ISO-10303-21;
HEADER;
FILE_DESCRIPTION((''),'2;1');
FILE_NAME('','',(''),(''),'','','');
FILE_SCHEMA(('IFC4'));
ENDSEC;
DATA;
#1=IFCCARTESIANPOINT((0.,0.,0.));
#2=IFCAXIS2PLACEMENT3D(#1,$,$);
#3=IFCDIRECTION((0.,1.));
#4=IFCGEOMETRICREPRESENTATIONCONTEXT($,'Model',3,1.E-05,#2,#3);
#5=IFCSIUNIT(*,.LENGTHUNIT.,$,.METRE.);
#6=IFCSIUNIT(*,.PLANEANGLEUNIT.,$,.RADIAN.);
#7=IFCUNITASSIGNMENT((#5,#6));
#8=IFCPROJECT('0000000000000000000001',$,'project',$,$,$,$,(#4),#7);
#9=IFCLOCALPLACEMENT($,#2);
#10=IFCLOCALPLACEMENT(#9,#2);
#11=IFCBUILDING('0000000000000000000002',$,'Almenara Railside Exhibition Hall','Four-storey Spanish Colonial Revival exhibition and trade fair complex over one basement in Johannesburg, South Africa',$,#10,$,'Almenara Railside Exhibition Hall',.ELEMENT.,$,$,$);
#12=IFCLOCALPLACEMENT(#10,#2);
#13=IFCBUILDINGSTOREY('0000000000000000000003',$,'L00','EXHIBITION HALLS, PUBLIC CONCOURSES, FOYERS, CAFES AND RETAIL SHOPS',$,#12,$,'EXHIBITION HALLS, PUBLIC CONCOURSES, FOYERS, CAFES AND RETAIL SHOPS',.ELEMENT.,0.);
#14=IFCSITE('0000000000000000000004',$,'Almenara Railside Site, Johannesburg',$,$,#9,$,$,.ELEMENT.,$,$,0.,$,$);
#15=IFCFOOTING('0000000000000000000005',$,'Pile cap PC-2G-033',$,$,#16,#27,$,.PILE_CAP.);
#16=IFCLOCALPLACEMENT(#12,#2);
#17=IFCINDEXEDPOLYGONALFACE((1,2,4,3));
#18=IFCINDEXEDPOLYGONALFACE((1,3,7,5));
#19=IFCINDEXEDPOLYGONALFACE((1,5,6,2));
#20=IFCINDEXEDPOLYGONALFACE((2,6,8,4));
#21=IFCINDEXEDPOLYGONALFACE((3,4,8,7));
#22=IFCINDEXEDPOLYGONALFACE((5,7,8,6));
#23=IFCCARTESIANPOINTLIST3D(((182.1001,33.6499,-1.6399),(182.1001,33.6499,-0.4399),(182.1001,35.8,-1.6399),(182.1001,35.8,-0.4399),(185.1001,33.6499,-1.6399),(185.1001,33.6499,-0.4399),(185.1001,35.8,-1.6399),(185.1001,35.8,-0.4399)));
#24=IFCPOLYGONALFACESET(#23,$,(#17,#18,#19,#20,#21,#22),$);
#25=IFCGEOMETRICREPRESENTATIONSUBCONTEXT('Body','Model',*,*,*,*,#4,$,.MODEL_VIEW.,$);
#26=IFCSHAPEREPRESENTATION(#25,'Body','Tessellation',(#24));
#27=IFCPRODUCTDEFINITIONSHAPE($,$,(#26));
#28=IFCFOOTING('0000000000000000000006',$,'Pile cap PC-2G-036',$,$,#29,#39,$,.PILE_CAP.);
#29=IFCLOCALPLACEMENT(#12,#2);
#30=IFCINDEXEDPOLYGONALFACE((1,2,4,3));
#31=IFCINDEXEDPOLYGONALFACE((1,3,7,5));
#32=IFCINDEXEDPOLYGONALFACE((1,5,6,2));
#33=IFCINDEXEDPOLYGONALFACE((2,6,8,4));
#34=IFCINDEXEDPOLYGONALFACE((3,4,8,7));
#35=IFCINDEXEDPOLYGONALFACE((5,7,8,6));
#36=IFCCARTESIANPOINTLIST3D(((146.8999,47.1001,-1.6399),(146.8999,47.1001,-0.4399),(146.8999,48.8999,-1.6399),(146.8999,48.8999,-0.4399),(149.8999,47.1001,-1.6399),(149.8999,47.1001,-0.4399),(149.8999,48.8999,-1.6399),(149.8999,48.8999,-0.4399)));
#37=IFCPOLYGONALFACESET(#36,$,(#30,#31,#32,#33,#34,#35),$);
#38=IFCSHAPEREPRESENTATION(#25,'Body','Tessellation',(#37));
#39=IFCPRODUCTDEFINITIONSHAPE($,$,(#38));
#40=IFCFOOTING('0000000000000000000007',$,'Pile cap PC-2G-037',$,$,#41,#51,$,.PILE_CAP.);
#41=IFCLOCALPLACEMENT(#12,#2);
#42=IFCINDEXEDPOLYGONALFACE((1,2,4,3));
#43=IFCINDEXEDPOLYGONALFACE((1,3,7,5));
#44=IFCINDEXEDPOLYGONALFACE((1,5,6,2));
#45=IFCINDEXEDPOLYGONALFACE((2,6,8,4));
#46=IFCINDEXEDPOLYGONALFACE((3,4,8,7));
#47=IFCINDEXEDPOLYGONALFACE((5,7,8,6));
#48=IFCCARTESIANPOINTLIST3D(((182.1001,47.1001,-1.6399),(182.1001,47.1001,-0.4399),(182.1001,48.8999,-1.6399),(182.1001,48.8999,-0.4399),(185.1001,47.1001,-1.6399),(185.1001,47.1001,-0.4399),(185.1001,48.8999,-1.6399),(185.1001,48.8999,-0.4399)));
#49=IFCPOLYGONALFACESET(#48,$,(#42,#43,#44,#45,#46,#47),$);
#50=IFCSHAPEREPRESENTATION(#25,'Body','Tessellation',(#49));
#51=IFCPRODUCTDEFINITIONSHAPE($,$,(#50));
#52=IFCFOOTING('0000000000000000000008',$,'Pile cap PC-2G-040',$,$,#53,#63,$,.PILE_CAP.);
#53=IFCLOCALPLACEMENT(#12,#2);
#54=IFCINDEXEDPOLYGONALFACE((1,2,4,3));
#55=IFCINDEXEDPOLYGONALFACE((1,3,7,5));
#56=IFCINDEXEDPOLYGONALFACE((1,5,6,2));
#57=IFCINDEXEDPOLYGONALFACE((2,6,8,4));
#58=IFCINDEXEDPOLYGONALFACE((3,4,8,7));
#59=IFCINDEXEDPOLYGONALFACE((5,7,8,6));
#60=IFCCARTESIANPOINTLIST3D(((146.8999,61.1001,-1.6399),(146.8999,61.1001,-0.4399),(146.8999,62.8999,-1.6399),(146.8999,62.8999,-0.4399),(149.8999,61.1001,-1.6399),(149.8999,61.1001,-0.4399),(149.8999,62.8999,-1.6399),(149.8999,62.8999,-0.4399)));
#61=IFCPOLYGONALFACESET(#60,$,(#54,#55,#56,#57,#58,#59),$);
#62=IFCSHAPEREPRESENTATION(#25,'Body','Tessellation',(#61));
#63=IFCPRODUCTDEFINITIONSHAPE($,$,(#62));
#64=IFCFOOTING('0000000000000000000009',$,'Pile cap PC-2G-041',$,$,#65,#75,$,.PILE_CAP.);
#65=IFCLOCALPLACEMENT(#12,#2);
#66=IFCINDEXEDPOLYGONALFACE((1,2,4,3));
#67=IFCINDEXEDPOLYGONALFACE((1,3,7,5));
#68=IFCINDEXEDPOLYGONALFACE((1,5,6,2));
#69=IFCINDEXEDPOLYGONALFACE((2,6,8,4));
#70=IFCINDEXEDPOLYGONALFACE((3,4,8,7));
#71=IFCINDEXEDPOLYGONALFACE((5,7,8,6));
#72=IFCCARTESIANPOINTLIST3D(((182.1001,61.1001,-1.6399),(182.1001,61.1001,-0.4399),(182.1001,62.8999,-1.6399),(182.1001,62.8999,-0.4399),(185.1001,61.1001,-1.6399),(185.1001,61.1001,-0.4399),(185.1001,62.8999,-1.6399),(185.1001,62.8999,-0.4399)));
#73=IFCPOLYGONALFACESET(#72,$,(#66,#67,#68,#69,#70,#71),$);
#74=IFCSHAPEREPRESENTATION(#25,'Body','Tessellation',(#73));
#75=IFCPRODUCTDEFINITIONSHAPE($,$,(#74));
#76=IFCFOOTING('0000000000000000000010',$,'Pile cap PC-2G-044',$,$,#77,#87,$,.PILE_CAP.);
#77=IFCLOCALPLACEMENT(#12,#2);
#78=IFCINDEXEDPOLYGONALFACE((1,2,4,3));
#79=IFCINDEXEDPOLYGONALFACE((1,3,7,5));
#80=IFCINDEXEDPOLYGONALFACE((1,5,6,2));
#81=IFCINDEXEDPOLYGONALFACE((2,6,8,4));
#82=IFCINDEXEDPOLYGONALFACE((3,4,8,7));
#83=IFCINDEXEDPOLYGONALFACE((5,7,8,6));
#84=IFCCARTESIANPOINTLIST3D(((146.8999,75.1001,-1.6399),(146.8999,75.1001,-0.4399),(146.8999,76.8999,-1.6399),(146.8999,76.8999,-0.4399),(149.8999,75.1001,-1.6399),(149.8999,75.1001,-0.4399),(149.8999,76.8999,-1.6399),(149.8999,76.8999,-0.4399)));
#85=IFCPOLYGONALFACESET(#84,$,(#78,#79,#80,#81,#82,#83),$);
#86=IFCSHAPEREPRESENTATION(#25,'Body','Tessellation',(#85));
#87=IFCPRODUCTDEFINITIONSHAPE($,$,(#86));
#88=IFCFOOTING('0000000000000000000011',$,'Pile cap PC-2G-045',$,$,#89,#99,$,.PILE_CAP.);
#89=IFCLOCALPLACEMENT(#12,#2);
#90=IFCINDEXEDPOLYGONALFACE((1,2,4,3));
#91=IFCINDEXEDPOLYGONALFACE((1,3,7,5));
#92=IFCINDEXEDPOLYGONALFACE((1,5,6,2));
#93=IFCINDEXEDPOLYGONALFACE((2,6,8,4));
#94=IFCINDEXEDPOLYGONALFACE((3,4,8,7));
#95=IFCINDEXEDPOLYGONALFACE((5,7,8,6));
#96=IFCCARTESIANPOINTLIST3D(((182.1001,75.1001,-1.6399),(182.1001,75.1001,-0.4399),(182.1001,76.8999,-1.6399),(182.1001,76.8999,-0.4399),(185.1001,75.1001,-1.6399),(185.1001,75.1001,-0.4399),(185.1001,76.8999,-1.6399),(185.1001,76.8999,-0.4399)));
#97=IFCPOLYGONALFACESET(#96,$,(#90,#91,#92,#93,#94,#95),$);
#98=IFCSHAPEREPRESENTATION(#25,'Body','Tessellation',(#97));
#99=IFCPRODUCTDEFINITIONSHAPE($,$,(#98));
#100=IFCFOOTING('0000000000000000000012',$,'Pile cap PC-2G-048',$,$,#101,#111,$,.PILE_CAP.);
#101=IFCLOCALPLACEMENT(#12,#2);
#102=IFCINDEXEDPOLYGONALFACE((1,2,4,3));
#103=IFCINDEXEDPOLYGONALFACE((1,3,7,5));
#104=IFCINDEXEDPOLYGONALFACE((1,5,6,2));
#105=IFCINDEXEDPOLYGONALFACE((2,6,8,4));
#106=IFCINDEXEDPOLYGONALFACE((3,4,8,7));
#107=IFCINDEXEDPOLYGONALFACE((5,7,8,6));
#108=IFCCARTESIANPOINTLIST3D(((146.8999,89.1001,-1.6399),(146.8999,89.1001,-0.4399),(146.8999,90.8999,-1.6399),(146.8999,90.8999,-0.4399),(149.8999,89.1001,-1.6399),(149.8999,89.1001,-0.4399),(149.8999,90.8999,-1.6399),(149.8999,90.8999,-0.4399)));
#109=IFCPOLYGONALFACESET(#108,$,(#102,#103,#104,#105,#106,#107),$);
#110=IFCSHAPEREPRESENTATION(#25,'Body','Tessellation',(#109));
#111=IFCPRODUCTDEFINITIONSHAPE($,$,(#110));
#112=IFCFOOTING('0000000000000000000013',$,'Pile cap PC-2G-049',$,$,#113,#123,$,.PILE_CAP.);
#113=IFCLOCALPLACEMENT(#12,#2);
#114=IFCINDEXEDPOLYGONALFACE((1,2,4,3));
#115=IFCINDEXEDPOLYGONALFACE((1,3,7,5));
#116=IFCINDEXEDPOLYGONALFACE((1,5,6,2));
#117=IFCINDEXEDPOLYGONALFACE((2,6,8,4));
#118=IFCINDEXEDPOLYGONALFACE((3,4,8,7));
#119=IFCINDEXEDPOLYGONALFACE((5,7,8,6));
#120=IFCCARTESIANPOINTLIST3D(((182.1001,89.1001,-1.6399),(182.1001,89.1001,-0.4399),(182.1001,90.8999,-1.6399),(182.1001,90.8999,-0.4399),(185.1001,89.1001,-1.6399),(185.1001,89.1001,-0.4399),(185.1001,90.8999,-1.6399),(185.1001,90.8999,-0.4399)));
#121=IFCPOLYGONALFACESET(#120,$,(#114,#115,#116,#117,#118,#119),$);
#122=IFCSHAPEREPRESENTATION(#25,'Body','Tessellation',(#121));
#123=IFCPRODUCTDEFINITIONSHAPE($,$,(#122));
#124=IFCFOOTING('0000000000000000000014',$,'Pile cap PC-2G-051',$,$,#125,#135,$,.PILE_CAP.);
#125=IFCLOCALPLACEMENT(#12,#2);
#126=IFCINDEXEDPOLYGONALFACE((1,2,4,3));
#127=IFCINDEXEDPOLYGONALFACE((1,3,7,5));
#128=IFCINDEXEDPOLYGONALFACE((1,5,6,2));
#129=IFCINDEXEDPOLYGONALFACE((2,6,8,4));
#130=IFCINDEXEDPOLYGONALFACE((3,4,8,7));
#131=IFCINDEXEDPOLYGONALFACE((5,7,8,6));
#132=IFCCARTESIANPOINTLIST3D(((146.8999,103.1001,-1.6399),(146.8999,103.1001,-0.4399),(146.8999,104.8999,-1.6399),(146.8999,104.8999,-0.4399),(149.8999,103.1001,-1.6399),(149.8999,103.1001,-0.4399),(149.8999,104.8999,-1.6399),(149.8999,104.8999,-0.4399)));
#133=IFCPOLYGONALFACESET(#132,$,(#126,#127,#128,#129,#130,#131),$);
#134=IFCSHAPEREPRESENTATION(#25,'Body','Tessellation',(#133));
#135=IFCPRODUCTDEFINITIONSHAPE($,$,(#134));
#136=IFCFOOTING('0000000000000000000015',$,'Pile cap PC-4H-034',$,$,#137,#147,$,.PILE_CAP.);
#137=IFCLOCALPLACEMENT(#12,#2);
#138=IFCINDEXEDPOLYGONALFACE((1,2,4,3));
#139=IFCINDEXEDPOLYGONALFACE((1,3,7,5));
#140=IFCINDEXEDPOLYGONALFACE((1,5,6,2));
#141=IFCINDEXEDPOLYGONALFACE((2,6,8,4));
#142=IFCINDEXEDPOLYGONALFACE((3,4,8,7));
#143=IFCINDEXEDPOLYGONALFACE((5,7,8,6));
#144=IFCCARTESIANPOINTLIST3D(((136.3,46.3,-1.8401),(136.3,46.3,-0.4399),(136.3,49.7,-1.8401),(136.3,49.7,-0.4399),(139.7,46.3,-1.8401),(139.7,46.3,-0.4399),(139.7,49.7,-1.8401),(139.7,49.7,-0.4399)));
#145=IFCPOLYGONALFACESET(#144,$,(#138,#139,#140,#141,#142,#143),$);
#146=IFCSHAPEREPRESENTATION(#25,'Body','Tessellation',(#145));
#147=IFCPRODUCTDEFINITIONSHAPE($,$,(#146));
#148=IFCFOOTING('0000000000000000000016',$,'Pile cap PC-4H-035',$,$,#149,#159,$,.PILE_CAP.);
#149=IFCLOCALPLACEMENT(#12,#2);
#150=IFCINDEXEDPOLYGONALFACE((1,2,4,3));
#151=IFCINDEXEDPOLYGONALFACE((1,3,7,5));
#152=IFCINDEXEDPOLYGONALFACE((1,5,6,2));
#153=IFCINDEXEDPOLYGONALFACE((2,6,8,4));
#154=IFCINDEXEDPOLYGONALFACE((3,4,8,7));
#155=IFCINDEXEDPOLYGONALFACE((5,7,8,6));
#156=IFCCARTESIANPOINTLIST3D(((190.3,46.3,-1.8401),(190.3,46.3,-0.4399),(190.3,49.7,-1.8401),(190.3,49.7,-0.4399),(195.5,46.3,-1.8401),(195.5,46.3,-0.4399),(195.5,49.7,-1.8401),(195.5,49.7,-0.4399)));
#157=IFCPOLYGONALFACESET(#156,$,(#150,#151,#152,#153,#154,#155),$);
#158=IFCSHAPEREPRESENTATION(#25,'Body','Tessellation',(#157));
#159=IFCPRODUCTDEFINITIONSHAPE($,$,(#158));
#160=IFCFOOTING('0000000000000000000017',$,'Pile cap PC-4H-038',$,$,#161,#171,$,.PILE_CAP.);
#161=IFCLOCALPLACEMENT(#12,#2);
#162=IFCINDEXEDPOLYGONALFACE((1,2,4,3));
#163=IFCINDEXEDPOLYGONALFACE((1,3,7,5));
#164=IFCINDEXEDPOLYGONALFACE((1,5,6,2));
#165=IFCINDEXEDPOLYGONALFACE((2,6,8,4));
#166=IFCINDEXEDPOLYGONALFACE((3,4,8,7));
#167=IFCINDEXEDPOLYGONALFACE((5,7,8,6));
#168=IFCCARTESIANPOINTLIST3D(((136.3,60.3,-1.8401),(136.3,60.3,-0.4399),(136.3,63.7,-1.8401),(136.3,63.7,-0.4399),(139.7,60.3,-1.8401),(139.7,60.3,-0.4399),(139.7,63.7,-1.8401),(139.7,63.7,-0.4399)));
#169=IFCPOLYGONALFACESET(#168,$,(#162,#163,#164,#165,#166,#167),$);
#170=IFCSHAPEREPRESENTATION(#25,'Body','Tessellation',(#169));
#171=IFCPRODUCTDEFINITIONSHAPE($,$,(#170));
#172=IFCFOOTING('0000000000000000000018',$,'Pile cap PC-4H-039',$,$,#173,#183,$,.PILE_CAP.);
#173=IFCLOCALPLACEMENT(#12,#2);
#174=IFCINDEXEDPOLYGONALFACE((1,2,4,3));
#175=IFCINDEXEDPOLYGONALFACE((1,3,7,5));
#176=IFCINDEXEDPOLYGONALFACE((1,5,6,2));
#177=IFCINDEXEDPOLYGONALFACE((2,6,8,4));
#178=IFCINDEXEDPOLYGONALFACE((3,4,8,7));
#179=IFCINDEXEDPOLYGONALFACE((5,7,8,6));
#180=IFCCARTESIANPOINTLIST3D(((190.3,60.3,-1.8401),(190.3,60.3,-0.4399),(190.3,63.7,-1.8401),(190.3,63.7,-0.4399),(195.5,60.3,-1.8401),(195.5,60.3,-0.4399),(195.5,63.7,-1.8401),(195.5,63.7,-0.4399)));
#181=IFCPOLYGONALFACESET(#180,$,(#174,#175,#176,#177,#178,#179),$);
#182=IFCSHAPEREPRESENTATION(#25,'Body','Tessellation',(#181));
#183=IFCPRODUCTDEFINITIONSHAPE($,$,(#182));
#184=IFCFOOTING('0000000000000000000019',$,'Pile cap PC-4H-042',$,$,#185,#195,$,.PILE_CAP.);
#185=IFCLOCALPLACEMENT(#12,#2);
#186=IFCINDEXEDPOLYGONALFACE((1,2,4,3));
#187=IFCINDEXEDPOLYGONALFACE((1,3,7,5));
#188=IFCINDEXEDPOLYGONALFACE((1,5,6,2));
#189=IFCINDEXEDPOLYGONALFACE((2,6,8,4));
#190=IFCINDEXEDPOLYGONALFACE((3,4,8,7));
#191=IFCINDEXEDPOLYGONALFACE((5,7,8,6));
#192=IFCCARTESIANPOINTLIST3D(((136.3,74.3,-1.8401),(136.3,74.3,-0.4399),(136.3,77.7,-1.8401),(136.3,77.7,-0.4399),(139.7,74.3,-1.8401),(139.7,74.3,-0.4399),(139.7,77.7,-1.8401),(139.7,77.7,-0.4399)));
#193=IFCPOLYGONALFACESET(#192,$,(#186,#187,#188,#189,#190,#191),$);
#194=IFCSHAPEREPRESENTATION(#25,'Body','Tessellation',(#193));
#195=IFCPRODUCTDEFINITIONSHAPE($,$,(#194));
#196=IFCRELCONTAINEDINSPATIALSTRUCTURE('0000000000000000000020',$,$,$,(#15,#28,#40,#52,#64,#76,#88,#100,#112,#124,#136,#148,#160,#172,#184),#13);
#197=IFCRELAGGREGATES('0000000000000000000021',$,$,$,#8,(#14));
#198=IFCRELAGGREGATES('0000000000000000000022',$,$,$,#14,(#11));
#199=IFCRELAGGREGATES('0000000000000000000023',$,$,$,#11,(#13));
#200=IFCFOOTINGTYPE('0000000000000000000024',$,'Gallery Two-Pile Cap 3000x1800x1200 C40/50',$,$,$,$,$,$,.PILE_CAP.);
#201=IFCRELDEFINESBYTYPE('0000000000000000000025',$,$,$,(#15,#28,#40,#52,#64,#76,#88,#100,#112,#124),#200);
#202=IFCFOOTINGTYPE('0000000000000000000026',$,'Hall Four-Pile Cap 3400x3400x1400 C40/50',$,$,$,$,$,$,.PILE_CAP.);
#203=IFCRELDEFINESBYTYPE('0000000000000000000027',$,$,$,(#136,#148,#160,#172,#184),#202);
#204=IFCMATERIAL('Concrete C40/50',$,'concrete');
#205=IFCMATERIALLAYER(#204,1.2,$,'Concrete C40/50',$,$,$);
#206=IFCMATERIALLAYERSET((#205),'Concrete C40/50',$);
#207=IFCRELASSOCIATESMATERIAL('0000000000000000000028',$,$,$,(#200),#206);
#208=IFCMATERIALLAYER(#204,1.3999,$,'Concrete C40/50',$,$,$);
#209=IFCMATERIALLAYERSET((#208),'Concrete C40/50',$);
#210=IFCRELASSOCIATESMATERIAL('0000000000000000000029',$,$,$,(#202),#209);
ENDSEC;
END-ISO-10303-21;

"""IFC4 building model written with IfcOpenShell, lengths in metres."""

from ifc_helpers import new_model, si_unit, direction, frame, origin, place, context, subcontext, project, spatial, polyline, outline, extrude, material, layer, layer_set, type_object, element, save


model = new_model("IFC4")

# Units and contexts
model_context = context("Model", 3, precision=1e-05, world=origin(), true_north=direction((0.0, 1.0)))
body_context = subcontext(model_context, "Body", "Model", "MODEL_VIEW")
ifc_project = project(units=[si_unit("LENGTHUNIT", "METRE"), si_unit("PLANEANGLEUNIT", "RADIAN")], contexts=[model_context])

# Site, building, storey
site_placement = place(None, origin())
site = spatial("IfcSite", under=ifc_project, at=site_placement, Name="Almenara Railside Site, Johannesburg", CompositionType="ELEMENT", RefElevation=0.0)
building_placement = place(site_placement, origin())
building = spatial("IfcBuilding", under=site, at=building_placement, Name="Almenara Railside Exhibition Hall", Description="Four-storey Spanish Colonial Revival exhibition and trade fair complex over one basement in Johannesburg, South Africa", LongName="Almenara Railside Exhibition Hall", CompositionType="ELEMENT")
storey_placement = place(building_placement, origin())
storey = spatial("IfcBuildingStorey", under=building, at=storey_placement, Name="L00", Description="EXHIBITION HALLS, PUBLIC CONCOURSES, FOYERS, CAFES AND RETAIL SHOPS", LongName="EXHIBITION HALLS, PUBLIC CONCOURSES, FOYERS, CAFES AND RETAIL SHOPS", CompositionType="ELEMENT", Elevation=0.0)

# Footings
ifc_material = material(Name="Concrete C40/50", Category="concrete")
ifc_layer_1 = layer(ifc_material, 1.2, Name="Concrete C40/50")
ifc_layer_set_1 = layer_set([ifc_layer_1], Name="Concrete C40/50")
footing_type_1 = type_object("IfcFootingType", Name="Gallery Two-Pile Cap 3000x1800x1200 C40/50", PredefinedType="PILE_CAP", material=ifc_layer_set_1)
footing_1_placement = place(storey_placement, frame((0.0, 0.0, -1.6399)))
element("IfcFooting", 1, at=footing_1_placement, inside=storey, type_object=footing_type_1, Name="Pile cap PC-2G-033", PredefinedType="PILE_CAP", context=body_context, shape_type="SweptSolid", body=[
    extrude(outline(polyline([(182.1001, 33.6499), (185.1001, 33.6499), (185.1001, 35.8), (182.1001, 35.8), (182.1001, 33.6499)])), origin(), (0.0, 0.0, 1.0), 1.2),
])
footing_2_placement = place(storey_placement, frame((0.0, 0.0, -1.6399)))
element("IfcFooting", 2, at=footing_2_placement, inside=storey, type_object=footing_type_1, Name="Pile cap PC-2G-036", PredefinedType="PILE_CAP", context=body_context, shape_type="SweptSolid", body=[
    extrude(outline(polyline([(146.8999, 47.1001), (149.8999, 47.1001), (149.8999, 48.8999), (146.8999, 48.8999), (146.8999, 47.1001)])), origin(), (0.0, 0.0, 1.0), 1.2),
])
footing_3_placement = place(storey_placement, frame((0.0, 0.0, -1.6399)))
element("IfcFooting", 3, at=footing_3_placement, inside=storey, type_object=footing_type_1, Name="Pile cap PC-2G-037", PredefinedType="PILE_CAP", context=body_context, shape_type="SweptSolid", body=[
    extrude(outline(polyline([(182.1001, 47.1001), (185.1001, 47.1001), (185.1001, 48.8999), (182.1001, 48.8999), (182.1001, 47.1001)])), origin(), (0.0, 0.0, 1.0), 1.2),
])
footing_4_placement = place(storey_placement, frame((0.0, 0.0, -1.6399)))
element("IfcFooting", 4, at=footing_4_placement, inside=storey, type_object=footing_type_1, Name="Pile cap PC-2G-040", PredefinedType="PILE_CAP", context=body_context, shape_type="SweptSolid", body=[
    extrude(outline(polyline([(146.8999, 61.1001), (149.8999, 61.1001), (149.8999, 62.8999), (146.8999, 62.8999), (146.8999, 61.1001)])), origin(), (0.0, 0.0, 1.0), 1.2),
])
footing_5_placement = place(storey_placement, frame((0.0, 0.0, -1.6399)))
element("IfcFooting", 5, at=footing_5_placement, inside=storey, type_object=footing_type_1, Name="Pile cap PC-2G-041", PredefinedType="PILE_CAP", context=body_context, shape_type="SweptSolid", body=[
    extrude(outline(polyline([(182.1001, 61.1001), (185.1001, 61.1001), (185.1001, 62.8999), (182.1001, 62.8999), (182.1001, 61.1001)])), origin(), (0.0, 0.0, 1.0), 1.2),
])
footing_6_placement = place(storey_placement, frame((0.0, 0.0, -1.6399)))
element("IfcFooting", 6, at=footing_6_placement, inside=storey, type_object=footing_type_1, Name="Pile cap PC-2G-044", PredefinedType="PILE_CAP", context=body_context, shape_type="SweptSolid", body=[
    extrude(outline(polyline([(146.8999, 75.1001), (149.8999, 75.1001), (149.8999, 76.8999), (146.8999, 76.8999), (146.8999, 75.1001)])), origin(), (0.0, 0.0, 1.0), 1.2),
])
footing_7_placement = place(storey_placement, frame((0.0, 0.0, -1.6399)))
element("IfcFooting", 7, at=footing_7_placement, inside=storey, type_object=footing_type_1, Name="Pile cap PC-2G-045", PredefinedType="PILE_CAP", context=body_context, shape_type="SweptSolid", body=[
    extrude(outline(polyline([(182.1001, 75.1001), (185.1001, 75.1001), (185.1001, 76.8999), (182.1001, 76.8999), (182.1001, 75.1001)])), origin(), (0.0, 0.0, 1.0), 1.2),
])
footing_8_placement = place(storey_placement, frame((0.0, 0.0, -1.6399)))
element("IfcFooting", 8, at=footing_8_placement, inside=storey, type_object=footing_type_1, Name="Pile cap PC-2G-048", PredefinedType="PILE_CAP", context=body_context, shape_type="SweptSolid", body=[
    extrude(outline(polyline([(146.8999, 89.1001), (149.8999, 89.1001), (149.8999, 90.8999), (146.8999, 90.8999), (146.8999, 89.1001)])), origin(), (0.0, 0.0, 1.0), 1.2),
])
footing_9_placement = place(storey_placement, frame((0.0, 0.0, -1.6399)))
element("IfcFooting", 9, at=footing_9_placement, inside=storey, type_object=footing_type_1, Name="Pile cap PC-2G-049", PredefinedType="PILE_CAP", context=body_context, shape_type="SweptSolid", body=[
    extrude(outline(polyline([(182.1001, 89.1001), (185.1001, 89.1001), (185.1001, 90.8999), (182.1001, 90.8999), (182.1001, 89.1001)])), origin(), (0.0, 0.0, 1.0), 1.2),
])
footing_10_placement = place(storey_placement, frame((0.0, 0.0, -1.6399)))
element("IfcFooting", 10, at=footing_10_placement, inside=storey, type_object=footing_type_1, Name="Pile cap PC-2G-051", PredefinedType="PILE_CAP", context=body_context, shape_type="SweptSolid", body=[
    extrude(outline(polyline([(146.8999, 103.1001), (149.8999, 103.1001), (149.8999, 104.8999), (146.8999, 104.8999), (146.8999, 103.1001)])), origin(), (0.0, 0.0, 1.0), 1.2),
])
ifc_layer_2 = layer(ifc_material, 1.3999, Name="Concrete C40/50")
ifc_layer_set_2 = layer_set([ifc_layer_2], Name="Concrete C40/50")
footing_type_2 = type_object("IfcFootingType", Name="Hall Four-Pile Cap 3400x3400x1400 C40/50", PredefinedType="PILE_CAP", material=ifc_layer_set_2)
footing_11_placement = place(storey_placement, frame((0.0, 0.0, -1.8401)))
element("IfcFooting", 11, at=footing_11_placement, inside=storey, type_object=footing_type_2, Name="Pile cap PC-4H-034", PredefinedType="PILE_CAP", context=body_context, shape_type="SweptSolid", body=[
    extrude(outline(polyline([(136.3, 46.3), (139.7, 46.3), (139.7, 49.7), (136.3, 49.7), (136.3, 46.3)])), origin(), (0.0, 0.0, 1.0), 1.4001),
])
footing_12_placement = place(storey_placement, frame((0.0, 0.0, -1.8401)))
element("IfcFooting", 12, at=footing_12_placement, inside=storey, type_object=footing_type_2, Name="Pile cap PC-4H-035", PredefinedType="PILE_CAP", context=body_context, shape_type="SweptSolid", body=[
    extrude(outline(polyline([(190.3, 46.3), (195.5, 46.3), (195.5, 49.7), (190.3, 49.7), (190.3, 46.3)])), origin(), (0.0, 0.0, 1.0), 1.4001),
])
footing_13_placement = place(storey_placement, frame((0.0, 0.0, -1.8401)))
element("IfcFooting", 13, at=footing_13_placement, inside=storey, type_object=footing_type_2, Name="Pile cap PC-4H-038", PredefinedType="PILE_CAP", context=body_context, shape_type="SweptSolid", body=[
    extrude(outline(polyline([(136.3, 60.3), (139.7, 60.3), (139.7, 63.7), (136.3, 63.7), (136.3, 60.3)])), origin(), (0.0, 0.0, 1.0), 1.4001),
])
footing_14_placement = place(storey_placement, frame((0.0, 0.0, -1.8401)))
element("IfcFooting", 14, at=footing_14_placement, inside=storey, type_object=footing_type_2, Name="Pile cap PC-4H-039", PredefinedType="PILE_CAP", context=body_context, shape_type="SweptSolid", body=[
    extrude(outline(polyline([(190.3, 60.3), (195.5, 60.3), (195.5, 63.7), (190.3, 63.7), (190.3, 60.3)])), origin(), (0.0, 0.0, 1.0), 1.4001),
])
footing_15_placement = place(storey_placement, frame((0.0, 0.0, -1.8401)))
element("IfcFooting", 15, at=footing_15_placement, inside=storey, type_object=footing_type_2, Name="Pile cap PC-4H-042", PredefinedType="PILE_CAP", context=body_context, shape_type="SweptSolid", body=[
    extrude(outline(polyline([(136.3, 74.3), (139.7, 74.3), (139.7, 77.7), (136.3, 77.7), (136.3, 74.3)])), origin(), (0.0, 0.0, 1.0), 1.4001),
])

save(model, "model.ifc")
